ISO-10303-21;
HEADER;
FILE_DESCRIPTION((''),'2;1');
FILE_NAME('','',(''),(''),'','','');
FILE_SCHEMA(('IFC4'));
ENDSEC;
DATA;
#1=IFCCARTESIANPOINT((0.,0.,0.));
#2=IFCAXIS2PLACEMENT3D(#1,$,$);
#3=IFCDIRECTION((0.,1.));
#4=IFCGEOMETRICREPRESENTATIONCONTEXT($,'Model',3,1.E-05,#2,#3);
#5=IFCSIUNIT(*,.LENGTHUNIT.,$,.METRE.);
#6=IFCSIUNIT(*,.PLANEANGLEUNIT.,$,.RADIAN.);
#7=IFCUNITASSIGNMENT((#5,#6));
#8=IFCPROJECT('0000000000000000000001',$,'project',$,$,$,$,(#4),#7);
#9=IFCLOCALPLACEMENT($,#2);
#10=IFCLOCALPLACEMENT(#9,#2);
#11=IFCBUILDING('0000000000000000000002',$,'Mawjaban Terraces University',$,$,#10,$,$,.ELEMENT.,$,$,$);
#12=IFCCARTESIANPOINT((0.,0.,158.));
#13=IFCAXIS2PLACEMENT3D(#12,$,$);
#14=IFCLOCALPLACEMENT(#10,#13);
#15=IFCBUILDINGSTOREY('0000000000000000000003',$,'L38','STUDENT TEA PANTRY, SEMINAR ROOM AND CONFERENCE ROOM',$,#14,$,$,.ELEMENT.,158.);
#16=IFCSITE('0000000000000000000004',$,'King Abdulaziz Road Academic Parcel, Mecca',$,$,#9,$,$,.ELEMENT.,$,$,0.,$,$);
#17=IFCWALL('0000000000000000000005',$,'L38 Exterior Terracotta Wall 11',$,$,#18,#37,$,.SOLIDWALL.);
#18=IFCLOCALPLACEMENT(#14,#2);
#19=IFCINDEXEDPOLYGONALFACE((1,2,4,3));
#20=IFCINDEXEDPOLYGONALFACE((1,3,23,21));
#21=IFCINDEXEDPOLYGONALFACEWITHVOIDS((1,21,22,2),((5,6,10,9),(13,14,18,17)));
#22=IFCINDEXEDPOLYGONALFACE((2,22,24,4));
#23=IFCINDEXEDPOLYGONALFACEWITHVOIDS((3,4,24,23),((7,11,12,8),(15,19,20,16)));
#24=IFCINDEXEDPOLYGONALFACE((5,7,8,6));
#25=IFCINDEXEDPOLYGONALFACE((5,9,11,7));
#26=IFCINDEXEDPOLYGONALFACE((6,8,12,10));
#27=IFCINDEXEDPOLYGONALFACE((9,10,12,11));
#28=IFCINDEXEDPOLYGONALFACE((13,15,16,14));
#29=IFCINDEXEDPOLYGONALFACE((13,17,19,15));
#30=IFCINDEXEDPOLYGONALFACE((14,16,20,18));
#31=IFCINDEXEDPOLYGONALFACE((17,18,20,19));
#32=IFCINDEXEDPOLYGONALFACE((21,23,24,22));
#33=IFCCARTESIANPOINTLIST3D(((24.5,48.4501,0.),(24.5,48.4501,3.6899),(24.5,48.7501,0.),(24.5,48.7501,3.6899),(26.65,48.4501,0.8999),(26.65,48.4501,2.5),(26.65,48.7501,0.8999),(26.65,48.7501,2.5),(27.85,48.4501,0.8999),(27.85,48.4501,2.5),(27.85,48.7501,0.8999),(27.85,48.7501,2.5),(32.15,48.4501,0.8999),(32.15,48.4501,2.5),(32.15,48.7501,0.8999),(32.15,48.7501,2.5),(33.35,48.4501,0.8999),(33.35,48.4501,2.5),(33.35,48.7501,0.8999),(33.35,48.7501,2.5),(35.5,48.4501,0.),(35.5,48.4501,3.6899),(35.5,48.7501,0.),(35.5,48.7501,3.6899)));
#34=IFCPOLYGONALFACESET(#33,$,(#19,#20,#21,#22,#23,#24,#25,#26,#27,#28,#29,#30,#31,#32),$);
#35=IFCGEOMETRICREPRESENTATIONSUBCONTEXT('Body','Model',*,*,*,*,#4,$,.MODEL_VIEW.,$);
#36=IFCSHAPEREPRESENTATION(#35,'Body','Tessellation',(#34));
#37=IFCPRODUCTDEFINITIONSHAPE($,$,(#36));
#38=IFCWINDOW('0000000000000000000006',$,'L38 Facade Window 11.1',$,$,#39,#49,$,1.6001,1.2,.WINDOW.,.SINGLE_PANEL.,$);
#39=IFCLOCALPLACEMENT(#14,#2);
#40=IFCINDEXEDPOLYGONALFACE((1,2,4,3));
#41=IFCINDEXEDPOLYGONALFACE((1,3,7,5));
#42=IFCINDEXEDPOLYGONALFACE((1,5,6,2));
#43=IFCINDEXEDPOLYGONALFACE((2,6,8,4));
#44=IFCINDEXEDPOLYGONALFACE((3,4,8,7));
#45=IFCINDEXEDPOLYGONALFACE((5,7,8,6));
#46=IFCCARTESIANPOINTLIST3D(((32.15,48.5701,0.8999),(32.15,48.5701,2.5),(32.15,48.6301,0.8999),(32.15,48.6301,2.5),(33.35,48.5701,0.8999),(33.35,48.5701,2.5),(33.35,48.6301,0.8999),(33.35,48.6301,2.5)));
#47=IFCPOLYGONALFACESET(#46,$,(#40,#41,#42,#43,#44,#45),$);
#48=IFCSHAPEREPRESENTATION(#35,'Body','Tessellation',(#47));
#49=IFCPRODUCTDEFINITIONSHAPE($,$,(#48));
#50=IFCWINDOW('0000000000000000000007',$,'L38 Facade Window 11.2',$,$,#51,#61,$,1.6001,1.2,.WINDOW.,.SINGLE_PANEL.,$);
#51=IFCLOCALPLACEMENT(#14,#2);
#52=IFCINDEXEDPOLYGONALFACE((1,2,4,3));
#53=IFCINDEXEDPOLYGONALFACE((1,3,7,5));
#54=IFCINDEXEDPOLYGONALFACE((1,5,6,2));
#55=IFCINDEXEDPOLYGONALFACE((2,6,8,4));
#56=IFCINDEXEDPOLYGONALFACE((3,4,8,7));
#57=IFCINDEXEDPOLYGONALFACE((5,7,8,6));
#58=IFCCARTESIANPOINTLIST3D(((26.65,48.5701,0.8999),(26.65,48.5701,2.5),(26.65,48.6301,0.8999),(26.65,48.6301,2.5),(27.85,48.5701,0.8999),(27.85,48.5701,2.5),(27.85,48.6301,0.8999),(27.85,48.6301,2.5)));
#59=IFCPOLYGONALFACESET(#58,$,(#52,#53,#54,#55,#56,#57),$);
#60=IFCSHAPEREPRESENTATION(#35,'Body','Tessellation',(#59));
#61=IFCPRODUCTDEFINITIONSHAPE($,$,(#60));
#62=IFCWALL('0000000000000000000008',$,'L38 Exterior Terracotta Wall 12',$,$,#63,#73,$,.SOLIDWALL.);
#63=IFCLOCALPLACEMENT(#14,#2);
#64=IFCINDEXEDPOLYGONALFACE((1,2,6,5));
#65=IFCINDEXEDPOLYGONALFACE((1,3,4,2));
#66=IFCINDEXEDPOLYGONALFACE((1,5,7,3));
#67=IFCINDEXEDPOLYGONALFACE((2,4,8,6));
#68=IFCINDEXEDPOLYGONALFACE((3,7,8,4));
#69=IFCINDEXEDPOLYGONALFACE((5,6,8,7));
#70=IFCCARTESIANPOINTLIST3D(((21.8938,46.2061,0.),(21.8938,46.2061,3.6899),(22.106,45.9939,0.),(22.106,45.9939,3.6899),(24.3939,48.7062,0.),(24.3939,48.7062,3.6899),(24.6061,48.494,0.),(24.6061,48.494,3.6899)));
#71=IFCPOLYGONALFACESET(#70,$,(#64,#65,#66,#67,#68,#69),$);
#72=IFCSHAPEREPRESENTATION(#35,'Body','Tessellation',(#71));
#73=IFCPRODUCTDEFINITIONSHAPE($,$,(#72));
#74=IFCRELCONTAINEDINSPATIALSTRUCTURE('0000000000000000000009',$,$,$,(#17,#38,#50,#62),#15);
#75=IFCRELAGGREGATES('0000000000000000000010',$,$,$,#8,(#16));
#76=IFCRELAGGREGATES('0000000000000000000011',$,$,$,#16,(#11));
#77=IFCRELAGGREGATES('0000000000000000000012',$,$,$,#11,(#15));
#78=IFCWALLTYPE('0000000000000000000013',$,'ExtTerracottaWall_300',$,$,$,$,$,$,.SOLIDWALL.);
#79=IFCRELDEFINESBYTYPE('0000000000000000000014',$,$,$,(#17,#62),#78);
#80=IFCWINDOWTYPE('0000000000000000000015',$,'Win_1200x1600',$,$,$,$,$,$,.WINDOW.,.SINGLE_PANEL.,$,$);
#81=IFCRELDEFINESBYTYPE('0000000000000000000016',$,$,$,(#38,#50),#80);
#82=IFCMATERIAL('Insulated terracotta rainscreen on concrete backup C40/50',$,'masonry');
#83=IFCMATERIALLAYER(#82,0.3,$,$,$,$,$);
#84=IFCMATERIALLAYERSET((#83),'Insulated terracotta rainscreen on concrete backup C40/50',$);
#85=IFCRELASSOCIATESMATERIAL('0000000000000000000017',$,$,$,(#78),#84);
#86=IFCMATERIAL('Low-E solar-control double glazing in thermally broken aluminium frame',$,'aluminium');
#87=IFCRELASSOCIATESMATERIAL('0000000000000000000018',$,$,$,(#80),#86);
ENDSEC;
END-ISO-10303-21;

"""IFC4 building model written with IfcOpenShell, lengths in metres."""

from ifc_helpers import new_model, si_unit, direction, frame, frame_2d, origin, place, context, subcontext, project, spatial, rectangle, extrude, material, layer, layer_set, type_object, element, fill, save


model = new_model("IFC4")

# Units and contexts
model_context = context("Model", 3, precision=1e-05, world=origin(), true_north=direction((0.0, 1.0)))
body_context = subcontext(model_context, "Body", "Model", "MODEL_VIEW")
ifc_project = project(units=[si_unit("LENGTHUNIT", "METRE"), si_unit("PLANEANGLEUNIT", "RADIAN")], contexts=[model_context])

# Site, building, storey
site_placement = place(None, origin())
site = spatial("IfcSite", under=ifc_project, at=site_placement, Name="King Abdulaziz Road Academic Parcel, Mecca", CompositionType="ELEMENT", RefElevation=0.0)
building_placement = place(site_placement, origin())
building = spatial("IfcBuilding", under=site, at=building_placement, Name="Mawjaban Terraces University", CompositionType="ELEMENT")
storey_placement = place(building_placement, frame((0.0, 0.0, 158.0)))
storey = spatial("IfcBuildingStorey", under=building, at=storey_placement, Name="L38", Description="STUDENT TEA PANTRY, SEMINAR ROOM AND CONFERENCE ROOM", CompositionType="ELEMENT", Elevation=158.0)

# Wall, openings, windows
ifc_material_1 = material(Name="Insulated terracotta rainscreen on concrete backup C40/50", Category="masonry")
ifc_layer_1 = layer(ifc_material_1, 0.3)
ifc_layer_set_1 = layer_set([ifc_layer_1], Name="Insulated terracotta rainscreen on concrete backup C40/50")
wall_type_1 = type_object("IfcWallType", Name="ExtTerracottaWall_300", PredefinedType="SOLIDWALL", material=ifc_layer_set_1)
wall_1_placement = place(storey_placement, frame((35.5, 48.6001, 0.0), z_axis=(0.0, 0.0, 1.0), x_axis=(-1.0, 0.0, 0.0)))
wall_1 = element("IfcWall", 1, at=wall_1_placement, inside=storey, type_object=wall_type_1, Name="L38 Exterior Terracotta Wall 11", PredefinedType="SOLIDWALL", context=body_context, shape_type="SweptSolid", body=[
    extrude(rectangle(XDim=11.0, YDim=0.3, at=frame_2d((5.5, 0.0))), origin(), (0.0, 0.0, 1.0), 3.6899),
])
opening_1_placement = place(wall_1_placement, frame((2.1499, 0.0, 0.8999)))
opening_1 = element("IfcOpeningElement", 2, at=opening_1_placement, cuts=wall_1, PredefinedType="OPENING", context=body_context, shape_type="SweptSolid", body=[
    extrude(rectangle(XDim=1.2, YDim=1.6001, at=frame_2d((0.6001, 0.8))), frame((0.0, 0.1599, 0.0), z_axis=(0.0, -1.0, 0.0), x_axis=(1.0, 0.0, 0.0)), (0.0, 0.0, 1.0), 0.3201),
])
opening_2_placement = place(wall_1_placement, frame((7.6499, 0.0, 0.8999)))
opening_2 = element("IfcOpeningElement", 3, at=opening_2_placement, cuts=wall_1, PredefinedType="OPENING", context=body_context, shape_type="SweptSolid", body=[
    extrude(rectangle(XDim=1.2, YDim=1.6001, at=frame_2d((0.6001, 0.8))), frame((0.0, 0.1599, 0.0), z_axis=(0.0, -1.0, 0.0), x_axis=(1.0, 0.0, 0.0)), (0.0, 0.0, 1.0), 0.3201),
])
ifc_material_2 = material(Name="Low-E solar-control double glazing in thermally broken aluminium frame", Category="aluminium")
window_type_1 = type_object("IfcWindowType", Name="Win_1200x1600", PartitioningType="SINGLE_PANEL", PredefinedType="WINDOW", material=ifc_material_2)
window_1_placement = place(opening_1_placement, origin())
window_1 = element("IfcWindow", 4, at=window_1_placement, inside=storey, type_object=window_type_1, Name="L38 Facade Window 11.1", OverallHeight=1.6001, OverallWidth=1.2, PartitioningType="SINGLE_PANEL", PredefinedType="WINDOW", context=body_context, shape_type="SweptSolid", body=[
    extrude(rectangle(XDim=1.2, YDim=1.6001, at=frame_2d((0.6001, 0.8))), frame((0.0, 0.03, 0.0), z_axis=(0.0, -1.0, 0.0), x_axis=(1.0, 0.0, 0.0)), (0.0, 0.0, 1.0), 0.0601),
])
fill(opening_1, window_1)
window_2_placement = place(opening_2_placement, origin())
window_2 = element("IfcWindow", 5, at=window_2_placement, inside=storey, type_object=window_type_1, Name="L38 Facade Window 11.2", OverallHeight=1.6001, OverallWidth=1.2, PartitioningType="SINGLE_PANEL", PredefinedType="WINDOW", context=body_context, shape_type="SweptSolid", body=[
    extrude(rectangle(XDim=1.2, YDim=1.6001, at=frame_2d((0.6001, 0.8))), frame((0.0, 0.03, 0.0), z_axis=(0.0, -1.0, 0.0), x_axis=(1.0, 0.0, 0.0)), (0.0, 0.0, 1.0), 0.0601),
])
fill(opening_2, window_2)

# Wall
wall_2_placement = place(storey_placement, frame((24.5, 48.6001, 0.0), z_axis=(0.0, 0.0, 1.0), x_axis=(-0.707107, -0.707107, 0.0)))
element("IfcWall", 6, at=wall_2_placement, inside=storey, type_object=wall_type_1, Name="L38 Exterior Terracotta Wall 12", PredefinedType="SOLIDWALL", context=body_context, shape_type="SweptSolid", body=[
    extrude(rectangle(XDim=3.5356, YDim=0.3, at=frame_2d((1.7678, 0.0))), origin(), (0.0, 0.0, 1.0), 3.6899),
])

save(model, "model.ifc")
